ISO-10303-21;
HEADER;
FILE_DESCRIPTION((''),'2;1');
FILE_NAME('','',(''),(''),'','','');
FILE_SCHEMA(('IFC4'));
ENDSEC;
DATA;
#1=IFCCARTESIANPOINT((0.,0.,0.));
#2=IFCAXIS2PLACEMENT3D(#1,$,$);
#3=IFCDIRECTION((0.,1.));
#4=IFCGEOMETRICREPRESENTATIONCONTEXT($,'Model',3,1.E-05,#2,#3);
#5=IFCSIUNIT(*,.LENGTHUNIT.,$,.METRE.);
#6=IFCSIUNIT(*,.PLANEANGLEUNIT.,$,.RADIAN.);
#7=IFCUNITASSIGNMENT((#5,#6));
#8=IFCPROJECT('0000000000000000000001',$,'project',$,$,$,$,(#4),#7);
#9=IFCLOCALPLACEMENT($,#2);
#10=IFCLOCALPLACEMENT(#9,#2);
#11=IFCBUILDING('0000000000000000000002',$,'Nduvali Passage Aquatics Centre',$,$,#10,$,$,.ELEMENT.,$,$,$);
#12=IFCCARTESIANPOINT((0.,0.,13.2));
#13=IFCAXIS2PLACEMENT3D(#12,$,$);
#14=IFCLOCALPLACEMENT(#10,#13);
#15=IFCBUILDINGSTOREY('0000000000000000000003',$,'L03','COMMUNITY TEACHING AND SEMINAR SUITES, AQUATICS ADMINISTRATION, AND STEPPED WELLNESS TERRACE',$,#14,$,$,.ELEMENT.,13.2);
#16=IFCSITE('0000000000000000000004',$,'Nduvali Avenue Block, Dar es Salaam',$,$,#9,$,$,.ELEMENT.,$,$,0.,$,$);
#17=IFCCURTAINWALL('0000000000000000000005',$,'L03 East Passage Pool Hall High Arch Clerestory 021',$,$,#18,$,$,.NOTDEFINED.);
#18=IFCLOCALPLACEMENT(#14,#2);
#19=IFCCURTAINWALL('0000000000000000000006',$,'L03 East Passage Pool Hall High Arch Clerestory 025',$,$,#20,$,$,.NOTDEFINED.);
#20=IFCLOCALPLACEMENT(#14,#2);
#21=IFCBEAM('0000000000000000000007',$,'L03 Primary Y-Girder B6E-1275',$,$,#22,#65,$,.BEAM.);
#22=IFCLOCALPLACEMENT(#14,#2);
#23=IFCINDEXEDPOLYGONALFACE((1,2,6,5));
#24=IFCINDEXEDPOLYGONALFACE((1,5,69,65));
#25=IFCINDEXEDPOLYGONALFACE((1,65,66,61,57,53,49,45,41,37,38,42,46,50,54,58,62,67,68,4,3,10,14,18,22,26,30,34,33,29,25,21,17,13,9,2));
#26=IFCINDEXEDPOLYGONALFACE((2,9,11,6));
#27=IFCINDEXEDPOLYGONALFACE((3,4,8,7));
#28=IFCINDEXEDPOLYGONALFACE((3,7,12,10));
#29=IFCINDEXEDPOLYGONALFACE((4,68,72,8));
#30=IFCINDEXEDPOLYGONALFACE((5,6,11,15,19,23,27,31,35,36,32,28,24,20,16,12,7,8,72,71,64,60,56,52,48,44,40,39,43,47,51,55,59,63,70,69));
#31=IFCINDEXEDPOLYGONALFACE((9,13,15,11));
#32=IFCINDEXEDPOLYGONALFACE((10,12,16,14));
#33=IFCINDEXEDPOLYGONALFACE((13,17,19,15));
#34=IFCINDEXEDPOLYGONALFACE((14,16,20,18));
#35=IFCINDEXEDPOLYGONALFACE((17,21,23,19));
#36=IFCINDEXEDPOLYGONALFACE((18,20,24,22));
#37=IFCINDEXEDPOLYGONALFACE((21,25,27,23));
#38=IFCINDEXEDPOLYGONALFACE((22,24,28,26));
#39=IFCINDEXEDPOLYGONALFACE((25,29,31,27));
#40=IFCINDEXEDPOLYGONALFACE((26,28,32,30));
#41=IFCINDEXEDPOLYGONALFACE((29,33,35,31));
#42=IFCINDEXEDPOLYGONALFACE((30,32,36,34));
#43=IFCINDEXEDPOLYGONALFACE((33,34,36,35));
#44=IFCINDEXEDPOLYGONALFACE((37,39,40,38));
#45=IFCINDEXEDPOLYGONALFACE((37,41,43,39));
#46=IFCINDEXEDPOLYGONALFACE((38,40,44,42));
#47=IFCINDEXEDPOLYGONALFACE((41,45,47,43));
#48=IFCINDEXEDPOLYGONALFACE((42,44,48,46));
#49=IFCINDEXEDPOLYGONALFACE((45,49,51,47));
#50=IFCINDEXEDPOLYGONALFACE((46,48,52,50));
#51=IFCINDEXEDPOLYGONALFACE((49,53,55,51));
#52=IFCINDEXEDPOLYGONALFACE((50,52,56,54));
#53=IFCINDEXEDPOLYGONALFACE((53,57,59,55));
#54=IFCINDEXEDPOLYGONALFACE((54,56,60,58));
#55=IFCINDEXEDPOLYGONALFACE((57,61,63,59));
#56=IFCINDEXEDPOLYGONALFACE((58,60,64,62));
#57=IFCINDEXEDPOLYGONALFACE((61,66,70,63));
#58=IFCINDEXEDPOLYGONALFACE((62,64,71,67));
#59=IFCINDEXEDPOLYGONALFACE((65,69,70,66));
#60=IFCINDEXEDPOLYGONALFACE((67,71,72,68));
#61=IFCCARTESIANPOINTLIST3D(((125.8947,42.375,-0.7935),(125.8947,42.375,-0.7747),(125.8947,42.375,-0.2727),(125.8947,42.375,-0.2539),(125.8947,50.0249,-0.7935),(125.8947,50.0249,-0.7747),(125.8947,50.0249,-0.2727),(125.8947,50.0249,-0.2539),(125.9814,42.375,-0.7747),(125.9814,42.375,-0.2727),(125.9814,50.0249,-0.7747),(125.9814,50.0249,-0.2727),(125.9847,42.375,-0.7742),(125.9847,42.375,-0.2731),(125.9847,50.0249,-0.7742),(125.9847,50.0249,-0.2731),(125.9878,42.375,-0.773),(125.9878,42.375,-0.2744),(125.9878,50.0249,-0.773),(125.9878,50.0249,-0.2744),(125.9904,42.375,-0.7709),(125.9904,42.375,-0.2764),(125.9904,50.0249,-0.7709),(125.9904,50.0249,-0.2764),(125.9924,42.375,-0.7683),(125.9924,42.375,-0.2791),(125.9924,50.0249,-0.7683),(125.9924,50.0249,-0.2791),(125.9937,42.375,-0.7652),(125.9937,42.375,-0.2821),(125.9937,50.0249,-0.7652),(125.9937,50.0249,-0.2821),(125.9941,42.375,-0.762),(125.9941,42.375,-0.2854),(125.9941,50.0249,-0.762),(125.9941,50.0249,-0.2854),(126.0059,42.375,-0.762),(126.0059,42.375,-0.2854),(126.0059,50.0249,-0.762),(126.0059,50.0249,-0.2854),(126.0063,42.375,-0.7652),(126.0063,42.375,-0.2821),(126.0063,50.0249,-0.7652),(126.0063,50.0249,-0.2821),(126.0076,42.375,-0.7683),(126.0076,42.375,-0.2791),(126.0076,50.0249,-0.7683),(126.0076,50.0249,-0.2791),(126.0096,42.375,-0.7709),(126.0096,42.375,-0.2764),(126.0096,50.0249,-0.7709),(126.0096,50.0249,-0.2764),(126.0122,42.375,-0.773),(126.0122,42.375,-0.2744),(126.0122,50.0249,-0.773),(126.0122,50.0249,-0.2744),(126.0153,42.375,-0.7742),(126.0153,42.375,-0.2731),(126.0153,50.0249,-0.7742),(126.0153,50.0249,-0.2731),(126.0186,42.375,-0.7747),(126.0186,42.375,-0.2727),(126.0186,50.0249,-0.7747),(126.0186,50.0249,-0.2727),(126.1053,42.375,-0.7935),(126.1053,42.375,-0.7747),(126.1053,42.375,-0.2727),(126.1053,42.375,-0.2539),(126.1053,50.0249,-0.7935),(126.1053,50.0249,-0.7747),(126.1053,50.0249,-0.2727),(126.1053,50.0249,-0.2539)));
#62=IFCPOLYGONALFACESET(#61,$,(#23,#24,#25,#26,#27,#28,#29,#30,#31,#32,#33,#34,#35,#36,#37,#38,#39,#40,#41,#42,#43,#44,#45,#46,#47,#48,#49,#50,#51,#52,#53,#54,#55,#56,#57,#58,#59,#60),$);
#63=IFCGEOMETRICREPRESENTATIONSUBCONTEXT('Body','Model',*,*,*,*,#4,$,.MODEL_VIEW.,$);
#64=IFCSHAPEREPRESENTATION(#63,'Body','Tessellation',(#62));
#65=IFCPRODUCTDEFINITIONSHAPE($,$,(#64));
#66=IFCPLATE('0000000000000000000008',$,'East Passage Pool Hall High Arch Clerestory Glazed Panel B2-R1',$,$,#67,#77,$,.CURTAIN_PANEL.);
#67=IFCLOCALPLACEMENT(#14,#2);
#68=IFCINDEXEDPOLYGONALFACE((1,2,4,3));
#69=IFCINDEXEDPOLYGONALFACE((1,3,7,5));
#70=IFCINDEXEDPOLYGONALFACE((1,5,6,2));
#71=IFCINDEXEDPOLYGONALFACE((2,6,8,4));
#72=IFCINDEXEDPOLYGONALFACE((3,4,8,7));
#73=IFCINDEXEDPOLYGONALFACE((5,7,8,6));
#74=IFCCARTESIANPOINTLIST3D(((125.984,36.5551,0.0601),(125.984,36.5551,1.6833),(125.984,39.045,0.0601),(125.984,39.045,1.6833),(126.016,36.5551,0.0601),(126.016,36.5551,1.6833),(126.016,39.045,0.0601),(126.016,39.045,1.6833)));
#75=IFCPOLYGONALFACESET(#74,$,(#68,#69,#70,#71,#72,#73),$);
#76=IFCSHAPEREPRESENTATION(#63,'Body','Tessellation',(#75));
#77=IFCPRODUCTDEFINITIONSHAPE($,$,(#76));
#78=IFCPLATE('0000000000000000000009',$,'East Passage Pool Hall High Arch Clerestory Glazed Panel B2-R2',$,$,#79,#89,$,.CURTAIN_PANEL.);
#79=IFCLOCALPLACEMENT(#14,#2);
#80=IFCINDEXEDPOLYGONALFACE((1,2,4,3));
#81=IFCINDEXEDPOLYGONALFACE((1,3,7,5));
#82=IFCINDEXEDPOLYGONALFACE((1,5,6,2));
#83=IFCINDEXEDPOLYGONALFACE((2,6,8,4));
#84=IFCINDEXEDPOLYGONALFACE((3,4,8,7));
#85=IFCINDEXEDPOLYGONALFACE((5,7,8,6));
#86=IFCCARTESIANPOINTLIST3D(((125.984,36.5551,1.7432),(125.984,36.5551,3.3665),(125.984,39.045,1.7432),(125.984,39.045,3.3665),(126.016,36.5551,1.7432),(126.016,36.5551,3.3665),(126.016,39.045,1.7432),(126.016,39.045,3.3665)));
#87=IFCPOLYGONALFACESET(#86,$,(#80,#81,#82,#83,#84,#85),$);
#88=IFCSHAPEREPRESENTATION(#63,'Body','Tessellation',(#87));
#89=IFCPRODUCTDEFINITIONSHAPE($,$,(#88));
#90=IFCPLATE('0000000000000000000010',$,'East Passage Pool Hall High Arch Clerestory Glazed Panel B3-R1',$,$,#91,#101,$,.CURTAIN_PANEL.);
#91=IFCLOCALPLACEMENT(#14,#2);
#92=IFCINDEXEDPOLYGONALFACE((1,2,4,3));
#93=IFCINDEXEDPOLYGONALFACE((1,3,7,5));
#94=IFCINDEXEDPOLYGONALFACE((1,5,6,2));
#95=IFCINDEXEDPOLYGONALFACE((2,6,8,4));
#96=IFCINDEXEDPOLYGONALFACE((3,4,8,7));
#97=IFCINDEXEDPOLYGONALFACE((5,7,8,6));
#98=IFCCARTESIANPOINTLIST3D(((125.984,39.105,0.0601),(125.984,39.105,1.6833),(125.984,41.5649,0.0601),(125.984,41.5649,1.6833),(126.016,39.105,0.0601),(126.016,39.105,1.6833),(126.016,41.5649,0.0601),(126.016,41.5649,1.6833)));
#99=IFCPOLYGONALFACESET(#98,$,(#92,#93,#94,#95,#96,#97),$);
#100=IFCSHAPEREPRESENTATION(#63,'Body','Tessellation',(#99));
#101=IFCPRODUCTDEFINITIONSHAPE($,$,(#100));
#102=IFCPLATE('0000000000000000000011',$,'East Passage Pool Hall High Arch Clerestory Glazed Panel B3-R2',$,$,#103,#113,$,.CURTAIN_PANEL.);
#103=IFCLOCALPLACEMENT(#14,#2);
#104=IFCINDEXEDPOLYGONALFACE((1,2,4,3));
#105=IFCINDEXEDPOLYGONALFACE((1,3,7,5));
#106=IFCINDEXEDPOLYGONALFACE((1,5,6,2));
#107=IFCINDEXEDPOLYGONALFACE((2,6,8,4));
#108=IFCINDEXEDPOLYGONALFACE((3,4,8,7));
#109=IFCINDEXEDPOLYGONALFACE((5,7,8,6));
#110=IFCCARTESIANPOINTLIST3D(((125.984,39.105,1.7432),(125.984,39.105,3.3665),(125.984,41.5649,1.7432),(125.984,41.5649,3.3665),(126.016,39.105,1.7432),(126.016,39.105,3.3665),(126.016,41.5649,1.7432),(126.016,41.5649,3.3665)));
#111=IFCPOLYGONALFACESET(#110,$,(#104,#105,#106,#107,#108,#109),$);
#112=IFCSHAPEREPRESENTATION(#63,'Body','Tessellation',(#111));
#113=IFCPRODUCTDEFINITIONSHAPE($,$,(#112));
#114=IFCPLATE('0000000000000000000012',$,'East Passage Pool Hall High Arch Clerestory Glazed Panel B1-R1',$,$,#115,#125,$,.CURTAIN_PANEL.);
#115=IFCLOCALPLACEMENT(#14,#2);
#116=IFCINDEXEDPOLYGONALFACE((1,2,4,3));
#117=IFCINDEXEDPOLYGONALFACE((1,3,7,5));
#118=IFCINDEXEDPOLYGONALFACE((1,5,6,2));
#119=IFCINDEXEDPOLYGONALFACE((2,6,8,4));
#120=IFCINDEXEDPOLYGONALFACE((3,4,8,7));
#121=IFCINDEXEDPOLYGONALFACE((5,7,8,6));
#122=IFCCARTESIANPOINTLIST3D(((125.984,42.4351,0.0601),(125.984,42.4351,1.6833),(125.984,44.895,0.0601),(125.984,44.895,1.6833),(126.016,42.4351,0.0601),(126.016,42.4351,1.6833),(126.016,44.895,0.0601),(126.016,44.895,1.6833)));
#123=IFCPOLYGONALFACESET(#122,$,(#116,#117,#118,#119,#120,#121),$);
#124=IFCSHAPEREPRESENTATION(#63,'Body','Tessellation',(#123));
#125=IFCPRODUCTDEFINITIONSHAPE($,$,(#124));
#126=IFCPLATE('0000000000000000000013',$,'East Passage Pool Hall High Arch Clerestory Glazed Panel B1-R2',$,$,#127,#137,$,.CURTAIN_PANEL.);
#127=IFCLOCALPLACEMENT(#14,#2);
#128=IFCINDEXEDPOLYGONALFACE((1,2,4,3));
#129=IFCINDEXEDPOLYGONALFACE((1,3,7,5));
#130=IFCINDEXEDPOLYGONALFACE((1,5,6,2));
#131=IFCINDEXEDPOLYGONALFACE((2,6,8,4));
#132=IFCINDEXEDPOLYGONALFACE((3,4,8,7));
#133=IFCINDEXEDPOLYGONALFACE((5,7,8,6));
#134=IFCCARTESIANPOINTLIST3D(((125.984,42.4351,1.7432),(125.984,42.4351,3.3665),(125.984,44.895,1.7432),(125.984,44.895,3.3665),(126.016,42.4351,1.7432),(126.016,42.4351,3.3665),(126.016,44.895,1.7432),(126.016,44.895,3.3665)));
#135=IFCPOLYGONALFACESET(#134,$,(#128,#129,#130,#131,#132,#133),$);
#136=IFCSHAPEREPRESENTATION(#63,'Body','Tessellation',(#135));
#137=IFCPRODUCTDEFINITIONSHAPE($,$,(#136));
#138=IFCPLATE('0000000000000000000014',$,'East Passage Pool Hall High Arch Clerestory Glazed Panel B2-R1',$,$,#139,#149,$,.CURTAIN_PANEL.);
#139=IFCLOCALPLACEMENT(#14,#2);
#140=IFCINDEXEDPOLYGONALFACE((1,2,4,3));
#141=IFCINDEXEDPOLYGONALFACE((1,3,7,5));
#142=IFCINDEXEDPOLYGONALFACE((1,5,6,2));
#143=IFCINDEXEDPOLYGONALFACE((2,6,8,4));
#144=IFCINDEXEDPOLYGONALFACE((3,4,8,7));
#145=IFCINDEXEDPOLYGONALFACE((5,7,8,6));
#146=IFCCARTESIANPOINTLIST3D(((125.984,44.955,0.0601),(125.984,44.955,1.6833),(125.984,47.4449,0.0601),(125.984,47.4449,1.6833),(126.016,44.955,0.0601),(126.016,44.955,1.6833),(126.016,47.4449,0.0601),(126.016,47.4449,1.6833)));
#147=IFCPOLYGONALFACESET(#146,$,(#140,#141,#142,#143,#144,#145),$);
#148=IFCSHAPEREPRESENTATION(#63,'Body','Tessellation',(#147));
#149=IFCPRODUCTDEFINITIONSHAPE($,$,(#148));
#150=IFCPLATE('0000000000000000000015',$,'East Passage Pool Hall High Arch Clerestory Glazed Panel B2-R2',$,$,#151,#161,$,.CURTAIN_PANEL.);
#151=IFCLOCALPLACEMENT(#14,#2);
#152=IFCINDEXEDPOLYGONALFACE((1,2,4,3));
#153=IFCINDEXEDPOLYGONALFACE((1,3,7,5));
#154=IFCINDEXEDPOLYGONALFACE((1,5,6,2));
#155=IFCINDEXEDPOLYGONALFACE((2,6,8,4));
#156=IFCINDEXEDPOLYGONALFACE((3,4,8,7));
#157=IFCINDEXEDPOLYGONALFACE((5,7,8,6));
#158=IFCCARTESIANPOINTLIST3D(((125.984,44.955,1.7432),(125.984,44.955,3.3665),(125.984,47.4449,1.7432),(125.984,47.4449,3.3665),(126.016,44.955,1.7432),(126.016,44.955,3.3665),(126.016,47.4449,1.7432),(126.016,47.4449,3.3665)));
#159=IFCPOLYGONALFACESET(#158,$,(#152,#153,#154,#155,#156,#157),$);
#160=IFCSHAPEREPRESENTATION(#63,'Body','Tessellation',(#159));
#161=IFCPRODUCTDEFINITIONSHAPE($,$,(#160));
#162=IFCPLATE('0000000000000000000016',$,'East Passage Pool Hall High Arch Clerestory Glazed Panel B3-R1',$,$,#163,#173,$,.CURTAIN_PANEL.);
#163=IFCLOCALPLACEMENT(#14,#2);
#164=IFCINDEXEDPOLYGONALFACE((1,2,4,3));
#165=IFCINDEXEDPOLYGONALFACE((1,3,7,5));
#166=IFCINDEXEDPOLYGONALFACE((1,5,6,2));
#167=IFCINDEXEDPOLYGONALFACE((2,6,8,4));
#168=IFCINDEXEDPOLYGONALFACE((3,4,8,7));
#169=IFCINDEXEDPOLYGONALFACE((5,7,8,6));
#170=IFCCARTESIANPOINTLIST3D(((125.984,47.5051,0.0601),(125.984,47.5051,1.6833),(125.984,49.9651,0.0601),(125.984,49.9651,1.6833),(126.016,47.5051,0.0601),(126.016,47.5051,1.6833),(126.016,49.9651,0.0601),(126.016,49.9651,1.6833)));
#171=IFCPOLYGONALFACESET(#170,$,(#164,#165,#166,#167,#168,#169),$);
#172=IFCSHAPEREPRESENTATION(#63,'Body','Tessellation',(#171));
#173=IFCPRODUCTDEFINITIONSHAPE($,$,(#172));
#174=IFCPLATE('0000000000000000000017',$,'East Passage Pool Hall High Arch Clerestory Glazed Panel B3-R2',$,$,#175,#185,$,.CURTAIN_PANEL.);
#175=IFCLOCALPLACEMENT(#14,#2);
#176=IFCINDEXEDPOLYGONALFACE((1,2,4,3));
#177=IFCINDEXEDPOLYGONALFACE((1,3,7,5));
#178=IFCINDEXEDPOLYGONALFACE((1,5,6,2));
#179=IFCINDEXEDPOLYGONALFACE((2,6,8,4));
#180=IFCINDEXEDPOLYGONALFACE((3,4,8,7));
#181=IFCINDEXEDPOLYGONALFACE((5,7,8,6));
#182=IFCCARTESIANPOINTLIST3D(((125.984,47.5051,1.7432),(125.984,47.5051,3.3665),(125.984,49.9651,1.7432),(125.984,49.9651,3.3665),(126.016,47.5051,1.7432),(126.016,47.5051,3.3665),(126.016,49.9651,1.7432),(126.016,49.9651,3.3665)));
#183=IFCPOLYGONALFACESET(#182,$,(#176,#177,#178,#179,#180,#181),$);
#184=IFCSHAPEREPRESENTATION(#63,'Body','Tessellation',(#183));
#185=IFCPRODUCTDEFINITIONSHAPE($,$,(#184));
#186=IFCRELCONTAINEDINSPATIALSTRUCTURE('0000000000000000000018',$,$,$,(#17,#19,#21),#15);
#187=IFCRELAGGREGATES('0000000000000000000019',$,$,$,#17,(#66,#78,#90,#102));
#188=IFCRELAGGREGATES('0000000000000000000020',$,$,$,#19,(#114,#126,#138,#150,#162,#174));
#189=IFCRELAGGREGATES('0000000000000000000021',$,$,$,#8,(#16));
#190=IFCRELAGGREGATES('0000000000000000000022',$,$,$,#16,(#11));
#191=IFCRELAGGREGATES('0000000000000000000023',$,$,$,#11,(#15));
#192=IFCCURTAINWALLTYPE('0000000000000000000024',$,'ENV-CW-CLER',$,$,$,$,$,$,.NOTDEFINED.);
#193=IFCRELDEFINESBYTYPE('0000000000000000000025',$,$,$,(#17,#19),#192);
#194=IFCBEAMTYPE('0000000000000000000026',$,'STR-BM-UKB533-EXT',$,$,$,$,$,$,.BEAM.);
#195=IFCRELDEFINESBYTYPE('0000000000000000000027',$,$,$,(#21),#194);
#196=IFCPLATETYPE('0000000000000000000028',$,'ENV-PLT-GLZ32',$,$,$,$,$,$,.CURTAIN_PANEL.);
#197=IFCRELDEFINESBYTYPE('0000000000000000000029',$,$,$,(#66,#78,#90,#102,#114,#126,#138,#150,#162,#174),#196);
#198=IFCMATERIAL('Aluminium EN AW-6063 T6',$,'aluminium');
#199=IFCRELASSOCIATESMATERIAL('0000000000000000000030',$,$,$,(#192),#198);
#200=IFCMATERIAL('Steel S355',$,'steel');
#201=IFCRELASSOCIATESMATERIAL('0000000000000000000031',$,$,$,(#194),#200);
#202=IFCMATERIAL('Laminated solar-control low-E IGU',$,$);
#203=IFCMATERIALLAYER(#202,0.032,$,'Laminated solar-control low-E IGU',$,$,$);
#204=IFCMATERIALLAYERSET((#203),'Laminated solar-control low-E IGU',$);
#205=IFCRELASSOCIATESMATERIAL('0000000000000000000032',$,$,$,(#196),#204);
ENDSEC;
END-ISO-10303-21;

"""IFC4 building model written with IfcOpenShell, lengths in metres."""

from ifc_helpers import new_model, si_unit, direction, frame, origin, origin_2d, place, context, subcontext, project, spatial, rectangle, i_section, extrude, material, layer, layer_set, material_profile, profile_set, type_object, element, aggregate, save


model = new_model("IFC4")

# Units and contexts
model_context = context("Model", 3, precision=1e-05, world=origin(), true_north=direction((0.0, 1.0)))
body_context = subcontext(model_context, "Body", "Model", "MODEL_VIEW")
ifc_project = project(units=[si_unit("LENGTHUNIT", "METRE"), si_unit("PLANEANGLEUNIT", "RADIAN")], contexts=[model_context])

# Site, building, storey
site_placement = place(None, origin())
site = spatial("IfcSite", under=ifc_project, at=site_placement, Name="Nduvali Avenue Block, Dar es Salaam", CompositionType="ELEMENT", RefElevation=0.0)
building_placement = place(site_placement, origin())
building = spatial("IfcBuilding", under=site, at=building_placement, Name="Nduvali Passage Aquatics Centre", CompositionType="ELEMENT")
storey_placement = place(building_placement, frame((0.0, 0.0, 13.2)))
storey = spatial("IfcBuildingStorey", under=building, at=storey_placement, Name="L03", Description="COMMUNITY TEACHING AND SEMINAR SUITES, AQUATICS ADMINISTRATION, AND STEPPED WELLNESS TERRACE", CompositionType="ELEMENT", Elevation=13.2)

# Curtain walls
ifc_material_1 = material(Name="Aluminium EN AW-6063 T6", Category="aluminium")
curtain_wall_type = type_object("IfcCurtainWallType", Name="ENV-CW-CLER", PredefinedType="NOTDEFINED", material=ifc_material_1)
curtain_wall_1_placement = place(storey_placement, origin())
curtain_wall_1 = element("IfcCurtainWall", 1, at=curtain_wall_1_placement, inside=storey, type_object=curtain_wall_type, Name="L03 East Passage Pool Hall High Arch Clerestory 021", PredefinedType="NOTDEFINED")
curtain_wall_2_placement = place(storey_placement, origin())
curtain_wall_2 = element("IfcCurtainWall", 2, at=curtain_wall_2_placement, inside=storey, type_object=curtain_wall_type, Name="L03 East Passage Pool Hall High Arch Clerestory 025", PredefinedType="NOTDEFINED")

# Beam
ifc_material_2 = material(Name="Steel S355", Category="steel")
ifc_material_profile_1 = material_profile(ifc_material_2, i_section(OverallWidth=0.2107, OverallDepth=0.5396, WebThickness=0.0117, FlangeThickness=0.0188, FilletRadius=0.0127, at=origin_2d()), Name="UKB 533x210x109")
ifc_profile_set_1 = profile_set([ifc_material_profile_1], Name="Steel S355")
beam_type = type_object("IfcBeamType", Name="STR-BM-UKB533-EXT", PredefinedType="BEAM", material=ifc_profile_set_1)
beam_placement = place(storey_placement, frame((126.0, 42.375, -0.5237), z_axis=(0.0, 1.0, 0.0), x_axis=(-1.0, 0.0, 0.0)))
element("IfcBeam", 3, at=beam_placement, inside=storey, type_object=beam_type, Name="L03 Primary Y-Girder B6E-1275", PredefinedType="BEAM", context=body_context, shape_type="SweptSolid", body=[
    extrude(i_section(OverallWidth=0.2107, OverallDepth=0.5396, WebThickness=0.0117, FlangeThickness=0.0188, FilletRadius=0.0127, at=origin_2d()), origin(), (0.0, 0.0, 1.0), 7.6499),
])

# Plates
ifc_material_3 = material(Name="Laminated solar-control low-E IGU")
ifc_layer = layer(ifc_material_3, 0.032, Name="Laminated solar-control low-E IGU")
ifc_layer_set = layer_set([ifc_layer], Name="Laminated solar-control low-E IGU")
plate_type = type_object("IfcPlateType", Name="ENV-PLT-GLZ32", PredefinedType="CURTAIN_PANEL", material=ifc_layer_set)
plate_1_placement = place(storey_placement, frame((126.0, 37.8, 0.0601), z_axis=(0.0, 0.0, 1.0), x_axis=(0.0, 1.0, 0.0)))
plate_1 = element("IfcPlate", 4, at=plate_1_placement, type_object=plate_type, Name="East Passage Pool Hall High Arch Clerestory Glazed Panel B2-R1", PredefinedType="CURTAIN_PANEL", context=body_context, shape_type="SweptSolid", body=[
    extrude(rectangle(XDim=2.49, YDim=0.032, at=origin_2d()), origin(), (0.0, 0.0, 1.0), 1.6233),
])
plate_2_placement = place(storey_placement, frame((126.0, 37.8, 1.7432), z_axis=(0.0, 0.0, 1.0), x_axis=(0.0, 1.0, 0.0)))
plate_2 = element("IfcPlate", 5, at=plate_2_placement, type_object=plate_type, Name="East Passage Pool Hall High Arch Clerestory Glazed Panel B2-R2", PredefinedType="CURTAIN_PANEL", context=body_context, shape_type="SweptSolid", body=[
    extrude(rectangle(XDim=2.49, YDim=0.032, at=origin_2d()), origin(), (0.0, 0.0, 1.0), 1.6233),
])
plate_3_placement = place(storey_placement, frame((126.0, 40.335, 0.0601), z_axis=(0.0, 0.0, 1.0), x_axis=(0.0, 1.0, 0.0)))
plate_3 = element("IfcPlate", 6, at=plate_3_placement, type_object=plate_type, Name="East Passage Pool Hall High Arch Clerestory Glazed Panel B3-R1", PredefinedType="CURTAIN_PANEL", context=body_context, shape_type="SweptSolid", body=[
    extrude(rectangle(XDim=2.46, YDim=0.032, at=origin_2d()), origin(), (0.0, 0.0, 1.0), 1.6233),
])
plate_4_placement = place(storey_placement, frame((126.0, 40.335, 1.7432), z_axis=(0.0, 0.0, 1.0), x_axis=(0.0, 1.0, 0.0)))
plate_4 = element("IfcPlate", 7, at=plate_4_placement, type_object=plate_type, Name="East Passage Pool Hall High Arch Clerestory Glazed Panel B3-R2", PredefinedType="CURTAIN_PANEL", context=body_context, shape_type="SweptSolid", body=[
    extrude(rectangle(XDim=2.46, YDim=0.032, at=origin_2d()), origin(), (0.0, 0.0, 1.0), 1.6233),
])
aggregate(curtain_wall_1, [plate_1, plate_2, plate_3, plate_4])
plate_5_placement = place(storey_placement, frame((126.0, 43.665, 0.0601), z_axis=(0.0, 0.0, 1.0), x_axis=(0.0, 1.0, 0.0)))
plate_5 = element("IfcPlate", 8, at=plate_5_placement, type_object=plate_type, Name="East Passage Pool Hall High Arch Clerestory Glazed Panel B1-R1", PredefinedType="CURTAIN_PANEL", context=body_context, shape_type="SweptSolid", body=[
    extrude(rectangle(XDim=2.46, YDim=0.032, at=origin_2d()), origin(), (0.0, 0.0, 1.0), 1.6233),
])
plate_6_placement = place(storey_placement, frame((126.0, 43.665, 1.7432), z_axis=(0.0, 0.0, 1.0), x_axis=(0.0, 1.0, 0.0)))
plate_6 = element("IfcPlate", 9, at=plate_6_placement, type_object=plate_type, Name="East Passage Pool Hall High Arch Clerestory Glazed Panel B1-R2", PredefinedType="CURTAIN_PANEL", context=body_context, shape_type="SweptSolid", body=[
    extrude(rectangle(XDim=2.46, YDim=0.032, at=origin_2d()), origin(), (0.0, 0.0, 1.0), 1.6233),
])
plate_7_placement = place(storey_placement, frame((126.0, 46.2, 0.0601), z_axis=(0.0, 0.0, 1.0), x_axis=(0.0, 1.0, 0.0)))
plate_7 = element("IfcPlate", 10, at=plate_7_placement, type_object=plate_type, Name="East Passage Pool Hall High Arch Clerestory Glazed Panel B2-R1", PredefinedType="CURTAIN_PANEL", context=body_context, shape_type="SweptSolid", body=[
    extrude(rectangle(XDim=2.49, YDim=0.032, at=origin_2d()), origin(), (0.0, 0.0, 1.0), 1.6233),
])
plate_8_placement = place(storey_placement, frame((126.0, 46.2, 1.7432), z_axis=(0.0, 0.0, 1.0), x_axis=(0.0, 1.0, 0.0)))
plate_8 = element("IfcPlate", 11, at=plate_8_placement, type_object=plate_type, Name="East Passage Pool Hall High Arch Clerestory Glazed Panel B2-R2", PredefinedType="CURTAIN_PANEL", context=body_context, shape_type="SweptSolid", body=[
    extrude(rectangle(XDim=2.49, YDim=0.032, at=origin_2d()), origin(), (0.0, 0.0, 1.0), 1.6233),
])
plate_9_placement = place(storey_placement, frame((126.0, 48.7351, 0.0601), z_axis=(0.0, 0.0, 1.0), x_axis=(0.0, 1.0, 0.0)))
plate_9 = element("IfcPlate", 12, at=plate_9_placement, type_object=plate_type, Name="East Passage Pool Hall High Arch Clerestory Glazed Panel B3-R1", PredefinedType="CURTAIN_PANEL", context=body_context, shape_type="SweptSolid", body=[
    extrude(rectangle(XDim=2.46, YDim=0.032, at=origin_2d()), origin(), (0.0, 0.0, 1.0), 1.6233),
])
plate_10_placement = place(storey_placement, frame((126.0, 48.7351, 1.7432), z_axis=(0.0, 0.0, 1.0), x_axis=(0.0, 1.0, 0.0)))
plate_10 = element("IfcPlate", 13, at=plate_10_placement, type_object=plate_type, Name="East Passage Pool Hall High Arch Clerestory Glazed Panel B3-R2", PredefinedType="CURTAIN_PANEL", context=body_context, shape_type="SweptSolid", body=[
    extrude(rectangle(XDim=2.46, YDim=0.032, at=origin_2d()), origin(), (0.0, 0.0, 1.0), 1.6233),
])
aggregate(curtain_wall_2, [plate_5, plate_6, plate_7, plate_8, plate_9, plate_10])

save(model, "model.ifc")
